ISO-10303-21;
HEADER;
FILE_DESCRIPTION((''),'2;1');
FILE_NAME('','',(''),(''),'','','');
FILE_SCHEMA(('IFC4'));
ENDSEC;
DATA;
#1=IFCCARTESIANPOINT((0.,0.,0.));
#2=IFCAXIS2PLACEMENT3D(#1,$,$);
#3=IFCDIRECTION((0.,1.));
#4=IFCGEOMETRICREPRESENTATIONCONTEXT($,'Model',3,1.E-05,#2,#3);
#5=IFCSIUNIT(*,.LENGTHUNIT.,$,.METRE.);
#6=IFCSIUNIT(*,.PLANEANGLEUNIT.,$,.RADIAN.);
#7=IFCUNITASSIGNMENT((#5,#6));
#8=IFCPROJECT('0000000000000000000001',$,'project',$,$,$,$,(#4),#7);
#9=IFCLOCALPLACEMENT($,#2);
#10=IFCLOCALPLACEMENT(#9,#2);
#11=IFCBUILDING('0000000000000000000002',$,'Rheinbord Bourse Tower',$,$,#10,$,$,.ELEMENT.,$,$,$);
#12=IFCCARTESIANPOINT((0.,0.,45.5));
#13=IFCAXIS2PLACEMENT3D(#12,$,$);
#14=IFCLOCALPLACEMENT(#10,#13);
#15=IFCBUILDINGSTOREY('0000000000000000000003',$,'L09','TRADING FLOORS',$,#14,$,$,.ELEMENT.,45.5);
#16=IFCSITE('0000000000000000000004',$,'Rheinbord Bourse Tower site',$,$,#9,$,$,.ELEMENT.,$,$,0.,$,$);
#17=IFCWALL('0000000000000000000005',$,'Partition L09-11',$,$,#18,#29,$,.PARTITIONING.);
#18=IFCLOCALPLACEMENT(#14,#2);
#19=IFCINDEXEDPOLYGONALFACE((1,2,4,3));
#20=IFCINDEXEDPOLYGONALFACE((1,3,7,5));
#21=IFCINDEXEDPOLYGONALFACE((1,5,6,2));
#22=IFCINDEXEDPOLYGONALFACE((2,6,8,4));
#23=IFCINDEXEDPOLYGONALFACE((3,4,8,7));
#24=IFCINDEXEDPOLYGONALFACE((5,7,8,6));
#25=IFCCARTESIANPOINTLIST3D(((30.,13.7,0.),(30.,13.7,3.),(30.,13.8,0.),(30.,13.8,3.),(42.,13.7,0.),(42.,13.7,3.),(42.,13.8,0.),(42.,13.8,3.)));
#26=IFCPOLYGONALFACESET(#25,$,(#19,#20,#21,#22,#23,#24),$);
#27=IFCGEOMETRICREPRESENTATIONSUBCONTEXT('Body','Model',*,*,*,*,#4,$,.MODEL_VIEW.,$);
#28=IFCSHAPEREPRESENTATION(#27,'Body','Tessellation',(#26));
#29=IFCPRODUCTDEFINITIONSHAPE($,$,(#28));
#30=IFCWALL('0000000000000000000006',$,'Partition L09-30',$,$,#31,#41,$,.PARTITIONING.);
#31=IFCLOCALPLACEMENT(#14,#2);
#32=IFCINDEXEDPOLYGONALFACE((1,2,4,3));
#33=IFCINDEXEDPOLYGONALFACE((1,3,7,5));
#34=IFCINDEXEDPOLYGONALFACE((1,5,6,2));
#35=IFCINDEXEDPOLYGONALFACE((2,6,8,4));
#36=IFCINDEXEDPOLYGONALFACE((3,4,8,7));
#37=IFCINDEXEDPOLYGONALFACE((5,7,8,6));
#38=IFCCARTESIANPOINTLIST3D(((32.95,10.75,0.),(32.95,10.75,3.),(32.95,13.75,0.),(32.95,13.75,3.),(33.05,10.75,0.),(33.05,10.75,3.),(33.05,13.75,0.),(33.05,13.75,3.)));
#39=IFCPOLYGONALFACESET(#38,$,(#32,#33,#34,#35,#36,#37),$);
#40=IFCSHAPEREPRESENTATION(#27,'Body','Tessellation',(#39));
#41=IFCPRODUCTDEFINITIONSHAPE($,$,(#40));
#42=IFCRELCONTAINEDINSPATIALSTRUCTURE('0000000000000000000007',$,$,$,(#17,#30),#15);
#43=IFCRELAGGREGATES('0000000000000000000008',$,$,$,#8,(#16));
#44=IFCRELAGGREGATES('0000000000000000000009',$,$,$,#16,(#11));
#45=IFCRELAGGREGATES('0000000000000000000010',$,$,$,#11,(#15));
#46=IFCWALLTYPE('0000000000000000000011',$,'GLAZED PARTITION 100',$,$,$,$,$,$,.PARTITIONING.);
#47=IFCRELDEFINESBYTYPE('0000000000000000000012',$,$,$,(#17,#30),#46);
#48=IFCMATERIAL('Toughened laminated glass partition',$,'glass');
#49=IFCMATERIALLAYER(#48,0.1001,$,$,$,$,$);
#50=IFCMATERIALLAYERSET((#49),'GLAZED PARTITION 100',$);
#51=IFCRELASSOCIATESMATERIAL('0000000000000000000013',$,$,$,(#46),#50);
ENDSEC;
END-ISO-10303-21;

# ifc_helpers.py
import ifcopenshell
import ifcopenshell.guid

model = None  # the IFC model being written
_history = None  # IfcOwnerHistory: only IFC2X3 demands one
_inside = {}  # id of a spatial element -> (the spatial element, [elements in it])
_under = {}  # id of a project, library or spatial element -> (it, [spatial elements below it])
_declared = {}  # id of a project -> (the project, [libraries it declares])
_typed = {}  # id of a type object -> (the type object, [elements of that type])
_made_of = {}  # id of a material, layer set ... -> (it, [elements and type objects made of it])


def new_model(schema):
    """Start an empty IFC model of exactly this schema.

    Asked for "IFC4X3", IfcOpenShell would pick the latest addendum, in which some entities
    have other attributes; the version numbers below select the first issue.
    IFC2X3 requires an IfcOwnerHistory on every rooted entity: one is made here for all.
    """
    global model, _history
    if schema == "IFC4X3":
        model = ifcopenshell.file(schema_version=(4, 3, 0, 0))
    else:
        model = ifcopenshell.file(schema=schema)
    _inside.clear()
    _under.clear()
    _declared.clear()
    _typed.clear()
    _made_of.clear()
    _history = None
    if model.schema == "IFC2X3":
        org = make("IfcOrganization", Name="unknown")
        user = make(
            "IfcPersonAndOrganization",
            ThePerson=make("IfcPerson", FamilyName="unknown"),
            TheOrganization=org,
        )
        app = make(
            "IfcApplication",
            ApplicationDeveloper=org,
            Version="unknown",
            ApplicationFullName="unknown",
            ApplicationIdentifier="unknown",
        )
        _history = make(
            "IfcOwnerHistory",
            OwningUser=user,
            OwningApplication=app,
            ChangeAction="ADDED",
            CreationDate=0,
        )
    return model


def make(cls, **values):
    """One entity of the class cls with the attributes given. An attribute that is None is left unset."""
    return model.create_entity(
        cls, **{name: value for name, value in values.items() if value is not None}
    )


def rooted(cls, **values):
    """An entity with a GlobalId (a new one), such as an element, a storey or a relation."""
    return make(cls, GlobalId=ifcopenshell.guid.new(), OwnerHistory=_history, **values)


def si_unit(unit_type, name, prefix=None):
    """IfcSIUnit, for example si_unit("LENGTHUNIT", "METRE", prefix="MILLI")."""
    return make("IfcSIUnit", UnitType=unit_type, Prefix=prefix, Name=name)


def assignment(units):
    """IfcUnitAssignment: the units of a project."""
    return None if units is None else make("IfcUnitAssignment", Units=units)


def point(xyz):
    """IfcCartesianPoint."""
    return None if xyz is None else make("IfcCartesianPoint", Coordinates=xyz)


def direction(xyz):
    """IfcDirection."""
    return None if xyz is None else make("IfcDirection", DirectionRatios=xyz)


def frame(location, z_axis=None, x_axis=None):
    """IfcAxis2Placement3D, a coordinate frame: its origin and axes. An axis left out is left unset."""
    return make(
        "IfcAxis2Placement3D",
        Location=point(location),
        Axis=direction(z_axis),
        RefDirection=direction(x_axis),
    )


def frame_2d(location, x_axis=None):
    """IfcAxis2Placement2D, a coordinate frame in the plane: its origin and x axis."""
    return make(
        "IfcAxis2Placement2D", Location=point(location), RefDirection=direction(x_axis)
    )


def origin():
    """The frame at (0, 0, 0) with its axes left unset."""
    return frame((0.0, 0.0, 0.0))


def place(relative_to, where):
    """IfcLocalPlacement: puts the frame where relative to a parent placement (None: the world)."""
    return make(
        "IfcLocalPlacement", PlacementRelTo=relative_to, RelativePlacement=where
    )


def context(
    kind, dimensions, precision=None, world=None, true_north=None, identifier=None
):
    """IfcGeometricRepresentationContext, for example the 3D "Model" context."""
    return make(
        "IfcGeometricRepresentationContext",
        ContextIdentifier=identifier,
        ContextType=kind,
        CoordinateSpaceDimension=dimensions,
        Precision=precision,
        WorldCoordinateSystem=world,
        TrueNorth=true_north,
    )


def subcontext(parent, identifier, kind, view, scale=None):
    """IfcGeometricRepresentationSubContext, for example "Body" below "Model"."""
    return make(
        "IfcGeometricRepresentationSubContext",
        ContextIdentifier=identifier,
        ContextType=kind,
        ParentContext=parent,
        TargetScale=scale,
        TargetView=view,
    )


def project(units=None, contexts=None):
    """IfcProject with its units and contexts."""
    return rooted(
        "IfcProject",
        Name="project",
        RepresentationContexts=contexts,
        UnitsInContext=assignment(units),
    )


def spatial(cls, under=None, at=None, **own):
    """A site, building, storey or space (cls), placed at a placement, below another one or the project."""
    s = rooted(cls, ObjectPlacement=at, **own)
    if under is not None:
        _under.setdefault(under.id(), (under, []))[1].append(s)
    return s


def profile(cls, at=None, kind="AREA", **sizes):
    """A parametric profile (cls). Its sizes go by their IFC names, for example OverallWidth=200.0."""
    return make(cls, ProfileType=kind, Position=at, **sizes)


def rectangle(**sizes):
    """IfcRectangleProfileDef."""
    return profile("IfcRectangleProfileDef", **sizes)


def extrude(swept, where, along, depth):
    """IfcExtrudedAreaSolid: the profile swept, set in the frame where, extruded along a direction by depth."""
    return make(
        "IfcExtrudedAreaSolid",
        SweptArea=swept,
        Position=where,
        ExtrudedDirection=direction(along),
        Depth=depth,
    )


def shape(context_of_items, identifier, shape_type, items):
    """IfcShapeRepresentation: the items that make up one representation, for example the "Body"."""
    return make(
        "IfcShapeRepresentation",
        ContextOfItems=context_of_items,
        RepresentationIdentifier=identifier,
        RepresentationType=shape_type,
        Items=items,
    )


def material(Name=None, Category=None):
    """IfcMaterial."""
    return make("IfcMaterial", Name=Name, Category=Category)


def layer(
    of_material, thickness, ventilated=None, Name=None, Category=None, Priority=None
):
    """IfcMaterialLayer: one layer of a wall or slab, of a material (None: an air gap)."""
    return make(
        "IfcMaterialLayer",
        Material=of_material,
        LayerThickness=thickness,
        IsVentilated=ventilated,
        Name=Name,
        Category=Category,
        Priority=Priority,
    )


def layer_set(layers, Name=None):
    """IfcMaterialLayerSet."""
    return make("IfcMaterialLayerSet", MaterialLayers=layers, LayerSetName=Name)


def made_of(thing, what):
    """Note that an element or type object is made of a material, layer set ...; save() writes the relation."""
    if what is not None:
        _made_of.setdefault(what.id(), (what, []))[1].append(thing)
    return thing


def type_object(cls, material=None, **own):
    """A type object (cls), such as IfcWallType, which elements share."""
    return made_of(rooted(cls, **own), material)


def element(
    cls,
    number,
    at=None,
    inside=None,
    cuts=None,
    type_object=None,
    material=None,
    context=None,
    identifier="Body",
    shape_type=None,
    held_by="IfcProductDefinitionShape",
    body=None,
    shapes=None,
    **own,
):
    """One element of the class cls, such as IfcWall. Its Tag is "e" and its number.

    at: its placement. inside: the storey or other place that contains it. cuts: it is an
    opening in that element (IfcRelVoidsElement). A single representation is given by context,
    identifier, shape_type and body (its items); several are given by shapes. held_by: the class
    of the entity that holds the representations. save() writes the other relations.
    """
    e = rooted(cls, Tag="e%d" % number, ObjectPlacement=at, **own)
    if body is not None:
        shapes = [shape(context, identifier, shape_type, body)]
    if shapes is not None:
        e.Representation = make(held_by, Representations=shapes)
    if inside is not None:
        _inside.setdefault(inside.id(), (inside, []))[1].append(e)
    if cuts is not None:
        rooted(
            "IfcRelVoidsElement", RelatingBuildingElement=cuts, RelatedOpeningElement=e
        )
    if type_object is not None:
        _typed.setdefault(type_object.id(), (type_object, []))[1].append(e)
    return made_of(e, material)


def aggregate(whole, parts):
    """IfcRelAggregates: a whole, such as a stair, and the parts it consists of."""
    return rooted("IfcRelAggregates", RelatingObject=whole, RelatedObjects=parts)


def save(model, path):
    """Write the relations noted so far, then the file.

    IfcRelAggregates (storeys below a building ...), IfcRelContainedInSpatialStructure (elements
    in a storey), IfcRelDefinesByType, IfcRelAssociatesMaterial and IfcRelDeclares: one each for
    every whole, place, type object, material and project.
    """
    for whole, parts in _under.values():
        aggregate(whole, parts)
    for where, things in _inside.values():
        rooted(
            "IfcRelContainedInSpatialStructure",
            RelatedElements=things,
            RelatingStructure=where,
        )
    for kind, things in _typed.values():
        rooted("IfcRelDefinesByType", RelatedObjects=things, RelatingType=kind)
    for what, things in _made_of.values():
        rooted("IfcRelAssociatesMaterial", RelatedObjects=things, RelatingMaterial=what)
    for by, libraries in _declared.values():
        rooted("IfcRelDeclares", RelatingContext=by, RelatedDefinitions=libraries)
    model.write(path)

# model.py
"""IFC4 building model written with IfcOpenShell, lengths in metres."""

from ifc_helpers import new_model, si_unit, direction, frame, frame_2d, origin, place, context, subcontext, project, spatial, rectangle, extrude, material, layer, layer_set, type_object, element, save


model = new_model("IFC4")

# Units and contexts
model_context = context("Model", 3, precision=1e-05, world=origin(), true_north=direction((0.0, 1.0)))
body_context = subcontext(model_context, "Body", "Model", "MODEL_VIEW")
ifc_project = project(units=[si_unit("LENGTHUNIT", "METRE"), si_unit("PLANEANGLEUNIT", "RADIAN")], contexts=[model_context])

# Site, building, storey
site_placement = place(None, origin())
site = spatial("IfcSite", under=ifc_project, at=site_placement, Name="Rheinbord Bourse Tower site", CompositionType="ELEMENT", RefElevation=0.0)
building_placement = place(site_placement, origin())
building = spatial("IfcBuilding", under=site, at=building_placement, Name="Rheinbord Bourse Tower", CompositionType="ELEMENT")
storey_placement = place(building_placement, frame((0.0, 0.0, 45.5)))
storey = spatial("IfcBuildingStorey", under=building, at=storey_placement, Name="L09", Description="TRADING FLOORS", CompositionType="ELEMENT", Elevation=45.5)

# Shared definitions
ifc_material_1 = material(Name="Toughened laminated glass partition", Category="glass")
ifc_layer_1 = layer(ifc_material_1, 0.1001)
ifc_layer_set_1 = layer_set([ifc_layer_1], Name="GLAZED PARTITION 100")
wall_type_1 = type_object("IfcWallType", Name="GLAZED PARTITION 100", PredefinedType="PARTITIONING", material=ifc_layer_set_1)

# Walls
wall_1_placement = place(storey_placement, frame((30.0, 13.75, 0.0), z_axis=(0.0, 0.0, 1.0), x_axis=(1.0, 0.0, 0.0)))
element("IfcWall", 1, at=wall_1_placement, inside=storey, type_object=wall_type_1, Name="Partition L09-11", PredefinedType="PARTITIONING", context=body_context, shape_type="SweptSolid", body=[
    extrude(rectangle(XDim=12.0, YDim=0.1001, at=frame_2d((6.0, 0.0))), origin(), (0.0, 0.0, 1.0), 3.0),
])
wall_2_placement = place(storey_placement, frame((33.0, 10.75, 0.0), z_axis=(0.0, 0.0, 1.0), x_axis=(0.0, 1.0, 0.0)))
element("IfcWall", 2, at=wall_2_placement, inside=storey, type_object=wall_type_1, Name="Partition L09-30", PredefinedType="PARTITIONING", context=body_context, shape_type="SweptSolid", body=[
    extrude(rectangle(XDim=3.0, YDim=0.1001, at=frame_2d((1.5, 0.0))), origin(), (0.0, 0.0, 1.0), 3.0),
])

save(model, "model.ifc")
